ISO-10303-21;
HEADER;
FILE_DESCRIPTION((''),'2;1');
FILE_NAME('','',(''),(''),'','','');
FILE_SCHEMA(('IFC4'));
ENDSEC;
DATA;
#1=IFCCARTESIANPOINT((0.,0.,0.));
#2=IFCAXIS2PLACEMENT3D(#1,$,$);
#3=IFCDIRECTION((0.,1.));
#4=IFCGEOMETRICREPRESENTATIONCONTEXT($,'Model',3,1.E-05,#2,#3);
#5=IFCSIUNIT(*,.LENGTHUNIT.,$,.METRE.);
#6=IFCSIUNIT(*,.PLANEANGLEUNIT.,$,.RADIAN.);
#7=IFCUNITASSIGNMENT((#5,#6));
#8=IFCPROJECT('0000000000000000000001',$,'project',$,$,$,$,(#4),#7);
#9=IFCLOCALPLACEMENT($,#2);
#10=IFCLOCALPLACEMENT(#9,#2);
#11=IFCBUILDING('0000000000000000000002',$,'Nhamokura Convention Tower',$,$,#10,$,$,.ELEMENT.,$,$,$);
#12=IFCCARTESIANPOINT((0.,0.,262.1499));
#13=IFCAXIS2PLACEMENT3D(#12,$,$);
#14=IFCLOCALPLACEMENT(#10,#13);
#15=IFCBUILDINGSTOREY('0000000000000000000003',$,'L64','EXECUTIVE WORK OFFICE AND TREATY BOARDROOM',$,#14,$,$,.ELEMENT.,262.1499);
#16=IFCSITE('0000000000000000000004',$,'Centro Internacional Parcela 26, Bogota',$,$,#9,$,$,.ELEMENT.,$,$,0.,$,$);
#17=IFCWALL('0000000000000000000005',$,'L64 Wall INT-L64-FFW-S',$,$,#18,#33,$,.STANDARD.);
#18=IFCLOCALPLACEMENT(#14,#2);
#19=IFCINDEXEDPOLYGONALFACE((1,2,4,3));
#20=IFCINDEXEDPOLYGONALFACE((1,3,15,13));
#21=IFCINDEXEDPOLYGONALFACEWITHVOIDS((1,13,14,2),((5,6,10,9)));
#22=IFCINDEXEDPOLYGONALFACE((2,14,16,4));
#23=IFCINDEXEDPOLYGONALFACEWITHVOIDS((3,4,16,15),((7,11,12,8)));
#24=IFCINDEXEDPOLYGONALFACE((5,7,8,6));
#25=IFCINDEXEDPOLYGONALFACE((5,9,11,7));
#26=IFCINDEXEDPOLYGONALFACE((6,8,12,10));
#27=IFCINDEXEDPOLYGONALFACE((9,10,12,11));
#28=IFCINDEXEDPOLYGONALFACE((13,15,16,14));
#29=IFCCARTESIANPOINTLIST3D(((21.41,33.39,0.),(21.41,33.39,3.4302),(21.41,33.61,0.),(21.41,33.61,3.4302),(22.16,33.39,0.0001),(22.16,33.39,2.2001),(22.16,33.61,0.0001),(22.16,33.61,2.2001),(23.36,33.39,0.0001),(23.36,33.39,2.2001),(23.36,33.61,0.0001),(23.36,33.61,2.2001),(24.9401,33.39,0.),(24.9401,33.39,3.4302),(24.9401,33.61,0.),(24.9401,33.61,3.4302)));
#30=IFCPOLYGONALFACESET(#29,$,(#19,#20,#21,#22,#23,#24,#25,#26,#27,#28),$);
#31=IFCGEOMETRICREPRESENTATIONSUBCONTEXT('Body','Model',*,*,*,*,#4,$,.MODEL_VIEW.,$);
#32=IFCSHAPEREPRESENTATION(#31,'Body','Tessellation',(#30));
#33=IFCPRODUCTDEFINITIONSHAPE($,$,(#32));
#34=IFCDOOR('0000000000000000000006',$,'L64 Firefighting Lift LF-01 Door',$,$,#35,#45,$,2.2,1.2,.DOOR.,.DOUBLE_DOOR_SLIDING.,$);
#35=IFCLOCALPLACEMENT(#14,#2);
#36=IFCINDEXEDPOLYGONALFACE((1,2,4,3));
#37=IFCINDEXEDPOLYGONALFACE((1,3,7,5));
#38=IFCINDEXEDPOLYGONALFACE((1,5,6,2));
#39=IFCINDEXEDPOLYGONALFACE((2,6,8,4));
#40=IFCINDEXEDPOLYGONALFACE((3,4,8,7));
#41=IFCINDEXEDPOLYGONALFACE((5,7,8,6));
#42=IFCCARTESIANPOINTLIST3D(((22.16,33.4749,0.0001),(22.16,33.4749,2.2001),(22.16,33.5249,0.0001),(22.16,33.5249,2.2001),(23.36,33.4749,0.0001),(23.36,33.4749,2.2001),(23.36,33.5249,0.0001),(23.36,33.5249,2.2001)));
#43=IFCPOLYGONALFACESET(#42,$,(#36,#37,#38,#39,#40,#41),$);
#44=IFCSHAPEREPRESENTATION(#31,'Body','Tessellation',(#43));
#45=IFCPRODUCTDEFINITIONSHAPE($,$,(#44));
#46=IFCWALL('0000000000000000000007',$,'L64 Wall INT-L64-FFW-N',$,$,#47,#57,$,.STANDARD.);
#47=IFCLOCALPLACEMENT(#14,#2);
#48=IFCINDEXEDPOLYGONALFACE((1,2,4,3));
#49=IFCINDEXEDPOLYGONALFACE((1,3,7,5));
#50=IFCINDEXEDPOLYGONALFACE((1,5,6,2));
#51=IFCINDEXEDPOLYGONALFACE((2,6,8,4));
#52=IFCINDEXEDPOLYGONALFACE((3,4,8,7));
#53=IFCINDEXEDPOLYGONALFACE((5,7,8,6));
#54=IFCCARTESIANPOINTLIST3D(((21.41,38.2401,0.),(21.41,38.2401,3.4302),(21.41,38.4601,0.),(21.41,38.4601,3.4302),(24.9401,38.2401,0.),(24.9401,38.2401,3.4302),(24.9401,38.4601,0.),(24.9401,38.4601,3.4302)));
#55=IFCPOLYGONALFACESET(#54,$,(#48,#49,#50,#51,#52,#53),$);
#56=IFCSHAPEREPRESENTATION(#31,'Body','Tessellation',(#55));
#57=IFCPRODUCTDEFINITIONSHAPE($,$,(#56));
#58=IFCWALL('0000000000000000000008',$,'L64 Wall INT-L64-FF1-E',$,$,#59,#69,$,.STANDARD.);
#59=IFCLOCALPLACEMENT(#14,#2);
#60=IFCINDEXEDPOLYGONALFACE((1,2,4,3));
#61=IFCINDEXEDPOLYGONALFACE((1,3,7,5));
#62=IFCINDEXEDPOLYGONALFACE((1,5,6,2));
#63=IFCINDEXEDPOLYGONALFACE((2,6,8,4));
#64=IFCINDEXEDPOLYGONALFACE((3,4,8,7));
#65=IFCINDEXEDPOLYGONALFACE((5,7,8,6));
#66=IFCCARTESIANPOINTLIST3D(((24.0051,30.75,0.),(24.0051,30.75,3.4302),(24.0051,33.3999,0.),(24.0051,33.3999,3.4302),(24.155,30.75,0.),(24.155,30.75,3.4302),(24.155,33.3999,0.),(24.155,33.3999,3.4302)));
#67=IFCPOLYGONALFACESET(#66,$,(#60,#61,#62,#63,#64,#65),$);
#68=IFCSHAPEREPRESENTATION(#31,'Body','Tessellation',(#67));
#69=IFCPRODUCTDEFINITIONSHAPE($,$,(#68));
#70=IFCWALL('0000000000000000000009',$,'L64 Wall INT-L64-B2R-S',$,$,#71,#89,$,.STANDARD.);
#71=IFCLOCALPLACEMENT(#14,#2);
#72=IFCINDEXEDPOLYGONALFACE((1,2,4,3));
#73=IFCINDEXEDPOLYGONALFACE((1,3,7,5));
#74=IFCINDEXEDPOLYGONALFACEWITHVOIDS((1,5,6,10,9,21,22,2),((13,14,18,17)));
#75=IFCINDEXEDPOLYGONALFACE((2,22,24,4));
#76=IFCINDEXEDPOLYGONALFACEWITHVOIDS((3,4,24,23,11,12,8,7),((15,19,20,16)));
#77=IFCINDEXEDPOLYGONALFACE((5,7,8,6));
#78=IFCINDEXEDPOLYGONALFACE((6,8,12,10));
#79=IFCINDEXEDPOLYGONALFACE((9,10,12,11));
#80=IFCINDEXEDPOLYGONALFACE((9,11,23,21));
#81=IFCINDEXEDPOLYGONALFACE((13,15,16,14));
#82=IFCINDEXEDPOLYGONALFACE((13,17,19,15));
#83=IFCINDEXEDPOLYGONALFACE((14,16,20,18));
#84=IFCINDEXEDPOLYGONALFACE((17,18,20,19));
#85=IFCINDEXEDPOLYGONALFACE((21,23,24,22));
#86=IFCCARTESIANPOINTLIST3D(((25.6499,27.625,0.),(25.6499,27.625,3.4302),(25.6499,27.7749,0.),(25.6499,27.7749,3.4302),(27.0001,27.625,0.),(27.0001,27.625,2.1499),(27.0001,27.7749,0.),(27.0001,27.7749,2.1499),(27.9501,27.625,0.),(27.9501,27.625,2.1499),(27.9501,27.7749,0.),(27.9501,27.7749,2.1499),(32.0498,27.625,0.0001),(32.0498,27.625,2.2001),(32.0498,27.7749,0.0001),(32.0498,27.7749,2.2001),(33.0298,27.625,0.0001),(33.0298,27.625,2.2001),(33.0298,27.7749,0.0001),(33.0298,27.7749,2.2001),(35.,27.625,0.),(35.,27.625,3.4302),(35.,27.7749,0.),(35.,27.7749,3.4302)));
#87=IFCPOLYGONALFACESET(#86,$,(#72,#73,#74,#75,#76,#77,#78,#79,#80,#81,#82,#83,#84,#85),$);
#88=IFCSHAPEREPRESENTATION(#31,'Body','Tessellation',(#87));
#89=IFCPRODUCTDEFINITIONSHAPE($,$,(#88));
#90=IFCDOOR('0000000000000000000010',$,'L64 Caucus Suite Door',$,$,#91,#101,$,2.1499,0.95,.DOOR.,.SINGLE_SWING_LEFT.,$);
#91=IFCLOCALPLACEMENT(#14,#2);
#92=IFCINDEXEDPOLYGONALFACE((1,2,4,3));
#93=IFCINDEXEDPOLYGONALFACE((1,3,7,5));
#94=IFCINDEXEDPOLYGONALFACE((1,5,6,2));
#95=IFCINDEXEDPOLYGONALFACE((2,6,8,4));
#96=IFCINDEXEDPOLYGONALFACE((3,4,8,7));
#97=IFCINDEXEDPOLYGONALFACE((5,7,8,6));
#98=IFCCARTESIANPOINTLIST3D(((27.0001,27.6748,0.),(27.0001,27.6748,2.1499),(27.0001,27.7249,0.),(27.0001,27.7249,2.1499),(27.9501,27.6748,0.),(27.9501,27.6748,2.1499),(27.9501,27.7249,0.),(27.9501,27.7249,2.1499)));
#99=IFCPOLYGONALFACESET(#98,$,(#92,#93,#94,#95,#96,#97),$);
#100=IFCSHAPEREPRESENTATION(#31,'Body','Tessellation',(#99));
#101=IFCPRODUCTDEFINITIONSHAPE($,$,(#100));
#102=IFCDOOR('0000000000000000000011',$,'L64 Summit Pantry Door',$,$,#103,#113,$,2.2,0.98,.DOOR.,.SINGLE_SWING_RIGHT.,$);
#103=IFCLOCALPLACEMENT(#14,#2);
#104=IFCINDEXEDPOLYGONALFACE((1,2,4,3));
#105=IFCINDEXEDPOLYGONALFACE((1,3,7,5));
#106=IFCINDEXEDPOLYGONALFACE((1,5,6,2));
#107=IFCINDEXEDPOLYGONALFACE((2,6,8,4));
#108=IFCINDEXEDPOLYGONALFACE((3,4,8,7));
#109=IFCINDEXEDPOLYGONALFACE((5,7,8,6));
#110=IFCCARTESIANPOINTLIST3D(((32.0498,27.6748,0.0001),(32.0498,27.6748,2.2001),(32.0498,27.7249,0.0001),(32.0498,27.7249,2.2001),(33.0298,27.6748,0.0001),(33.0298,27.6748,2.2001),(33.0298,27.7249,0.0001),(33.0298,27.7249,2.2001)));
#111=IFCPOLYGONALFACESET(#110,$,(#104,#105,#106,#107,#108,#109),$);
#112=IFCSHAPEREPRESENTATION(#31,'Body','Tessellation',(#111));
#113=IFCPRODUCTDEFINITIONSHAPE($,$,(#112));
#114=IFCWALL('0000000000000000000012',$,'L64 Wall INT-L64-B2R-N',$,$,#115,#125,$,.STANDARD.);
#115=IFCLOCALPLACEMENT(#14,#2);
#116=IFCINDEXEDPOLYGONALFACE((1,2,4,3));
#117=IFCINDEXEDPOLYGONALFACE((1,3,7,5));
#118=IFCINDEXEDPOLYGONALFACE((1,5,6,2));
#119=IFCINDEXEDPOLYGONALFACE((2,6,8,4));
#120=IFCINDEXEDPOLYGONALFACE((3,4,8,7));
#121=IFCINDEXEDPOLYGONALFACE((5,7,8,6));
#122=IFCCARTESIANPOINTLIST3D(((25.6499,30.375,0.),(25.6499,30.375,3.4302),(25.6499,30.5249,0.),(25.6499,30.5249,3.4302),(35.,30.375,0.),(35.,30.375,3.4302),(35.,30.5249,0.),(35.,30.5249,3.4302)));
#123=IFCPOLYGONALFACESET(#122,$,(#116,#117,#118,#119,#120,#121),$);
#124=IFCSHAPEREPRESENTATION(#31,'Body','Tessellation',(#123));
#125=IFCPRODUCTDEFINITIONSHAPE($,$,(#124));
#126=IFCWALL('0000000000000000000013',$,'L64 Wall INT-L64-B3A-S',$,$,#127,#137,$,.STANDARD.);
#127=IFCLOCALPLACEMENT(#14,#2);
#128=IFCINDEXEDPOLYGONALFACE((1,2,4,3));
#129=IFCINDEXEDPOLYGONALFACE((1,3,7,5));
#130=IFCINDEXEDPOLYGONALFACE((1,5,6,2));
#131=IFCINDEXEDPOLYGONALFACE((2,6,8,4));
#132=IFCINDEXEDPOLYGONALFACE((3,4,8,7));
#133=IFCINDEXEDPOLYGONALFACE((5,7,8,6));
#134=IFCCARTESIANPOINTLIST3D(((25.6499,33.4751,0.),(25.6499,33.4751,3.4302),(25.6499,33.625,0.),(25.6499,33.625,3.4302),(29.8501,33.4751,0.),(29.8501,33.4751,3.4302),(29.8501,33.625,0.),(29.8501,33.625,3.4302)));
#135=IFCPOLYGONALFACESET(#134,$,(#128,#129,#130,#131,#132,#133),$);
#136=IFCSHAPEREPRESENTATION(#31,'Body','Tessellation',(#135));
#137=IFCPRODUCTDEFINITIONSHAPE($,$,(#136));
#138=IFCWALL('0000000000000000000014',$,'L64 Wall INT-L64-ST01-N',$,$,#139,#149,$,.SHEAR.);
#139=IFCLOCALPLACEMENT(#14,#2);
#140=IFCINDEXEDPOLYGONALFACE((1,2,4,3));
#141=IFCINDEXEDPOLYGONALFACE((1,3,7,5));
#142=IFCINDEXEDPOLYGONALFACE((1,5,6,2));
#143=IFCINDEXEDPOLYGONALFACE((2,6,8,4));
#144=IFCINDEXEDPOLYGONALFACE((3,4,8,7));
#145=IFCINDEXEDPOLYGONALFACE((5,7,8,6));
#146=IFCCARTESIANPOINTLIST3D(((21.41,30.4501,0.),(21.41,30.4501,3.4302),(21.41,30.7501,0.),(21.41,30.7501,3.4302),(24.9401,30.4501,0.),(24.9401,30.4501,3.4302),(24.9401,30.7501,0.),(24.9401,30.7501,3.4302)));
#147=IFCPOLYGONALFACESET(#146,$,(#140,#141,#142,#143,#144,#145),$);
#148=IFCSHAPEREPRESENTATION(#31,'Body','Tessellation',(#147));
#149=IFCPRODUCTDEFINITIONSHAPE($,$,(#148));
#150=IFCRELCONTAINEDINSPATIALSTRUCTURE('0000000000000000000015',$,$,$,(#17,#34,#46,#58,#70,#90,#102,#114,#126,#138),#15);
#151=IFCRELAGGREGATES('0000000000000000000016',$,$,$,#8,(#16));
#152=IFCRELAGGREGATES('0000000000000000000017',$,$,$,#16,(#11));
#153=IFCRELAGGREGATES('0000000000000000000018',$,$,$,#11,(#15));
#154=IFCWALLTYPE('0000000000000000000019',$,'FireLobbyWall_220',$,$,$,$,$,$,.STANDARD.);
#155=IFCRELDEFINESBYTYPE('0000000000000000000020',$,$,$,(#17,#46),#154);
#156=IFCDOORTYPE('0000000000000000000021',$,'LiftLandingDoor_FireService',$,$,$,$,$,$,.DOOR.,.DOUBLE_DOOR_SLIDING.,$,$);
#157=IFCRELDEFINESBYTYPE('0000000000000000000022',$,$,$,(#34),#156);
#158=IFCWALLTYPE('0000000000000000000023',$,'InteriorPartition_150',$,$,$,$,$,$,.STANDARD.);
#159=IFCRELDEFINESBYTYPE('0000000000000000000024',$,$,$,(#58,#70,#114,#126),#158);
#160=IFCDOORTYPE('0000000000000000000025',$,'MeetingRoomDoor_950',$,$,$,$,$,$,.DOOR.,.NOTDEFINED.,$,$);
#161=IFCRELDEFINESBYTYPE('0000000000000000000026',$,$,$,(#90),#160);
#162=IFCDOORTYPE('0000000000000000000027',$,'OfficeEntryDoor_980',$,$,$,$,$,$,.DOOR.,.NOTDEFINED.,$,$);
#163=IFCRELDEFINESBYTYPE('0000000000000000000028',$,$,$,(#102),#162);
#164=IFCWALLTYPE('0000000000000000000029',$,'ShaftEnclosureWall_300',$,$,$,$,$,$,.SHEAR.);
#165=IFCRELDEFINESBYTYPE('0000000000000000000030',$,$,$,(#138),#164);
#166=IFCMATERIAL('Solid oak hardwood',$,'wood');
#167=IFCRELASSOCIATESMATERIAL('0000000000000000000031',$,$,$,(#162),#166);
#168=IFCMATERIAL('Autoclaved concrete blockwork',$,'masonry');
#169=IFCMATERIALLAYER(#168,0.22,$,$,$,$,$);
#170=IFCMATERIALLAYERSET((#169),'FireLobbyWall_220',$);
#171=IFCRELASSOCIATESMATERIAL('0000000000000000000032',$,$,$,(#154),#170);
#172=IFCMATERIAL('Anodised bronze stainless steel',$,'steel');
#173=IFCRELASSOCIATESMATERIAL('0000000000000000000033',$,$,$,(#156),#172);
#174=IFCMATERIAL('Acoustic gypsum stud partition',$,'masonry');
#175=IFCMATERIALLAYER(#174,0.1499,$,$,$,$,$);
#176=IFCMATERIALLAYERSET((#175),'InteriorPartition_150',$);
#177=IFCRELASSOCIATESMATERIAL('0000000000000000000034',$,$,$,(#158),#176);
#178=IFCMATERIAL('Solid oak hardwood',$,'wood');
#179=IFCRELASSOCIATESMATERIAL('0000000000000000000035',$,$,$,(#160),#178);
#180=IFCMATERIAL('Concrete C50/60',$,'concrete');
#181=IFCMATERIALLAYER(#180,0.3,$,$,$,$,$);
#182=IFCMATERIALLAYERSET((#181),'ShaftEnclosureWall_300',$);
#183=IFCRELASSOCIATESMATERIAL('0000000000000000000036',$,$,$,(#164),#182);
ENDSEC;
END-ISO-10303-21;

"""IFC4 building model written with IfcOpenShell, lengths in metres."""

from ifc_helpers import new_model, si_unit, direction, frame, frame_2d, origin, place, context, subcontext, project, spatial, rectangle, extrude, material, layer, layer_set, type_object, element, fill, save


model = new_model("IFC4")

# Units and contexts
model_context = context("Model", 3, precision=1e-05, world=origin(), true_north=direction((0.0, 1.0)))
body_context = subcontext(model_context, "Body", "Model", "MODEL_VIEW")
ifc_project = project(units=[si_unit("LENGTHUNIT", "METRE"), si_unit("PLANEANGLEUNIT", "RADIAN")], contexts=[model_context])

# Site, building, storey
site_placement = place(None, origin())
site = spatial("IfcSite", under=ifc_project, at=site_placement, Name="Centro Internacional Parcela 26, Bogota", CompositionType="ELEMENT", RefElevation=0.0)
building_placement = place(site_placement, origin())
building = spatial("IfcBuilding", under=site, at=building_placement, Name="Nhamokura Convention Tower", CompositionType="ELEMENT")
storey_placement = place(building_placement, frame((0.0, 0.0, 262.1499)))
storey = spatial("IfcBuildingStorey", under=building, at=storey_placement, Name="L64", Description="EXECUTIVE WORK OFFICE AND TREATY BOARDROOM", CompositionType="ELEMENT", Elevation=262.1499)

# Wall, opening, door
ifc_material_1 = material(Name="Solid oak hardwood", Category="wood")
door_type_1 = type_object("IfcDoorType", Name="OfficeEntryDoor_980", OperationType="NOTDEFINED", PredefinedType="DOOR", material=ifc_material_1)
ifc_material_2 = material(Name="Autoclaved concrete blockwork", Category="masonry")
ifc_layer_1 = layer(ifc_material_2, 0.22)
ifc_layer_set_1 = layer_set([ifc_layer_1], Name="FireLobbyWall_220")
wall_type_1 = type_object("IfcWallType", Name="FireLobbyWall_220", PredefinedType="STANDARD", material=ifc_layer_set_1)
wall_1_placement = place(storey_placement, frame((21.4099, 33.5, 0.0), z_axis=(0.0, 0.0, 1.0), x_axis=(1.0, 0.0, 0.0)))
wall_1 = element("IfcWall", 1, at=wall_1_placement, inside=storey, type_object=wall_type_1, Name="L64 Wall INT-L64-FFW-S", PredefinedType="STANDARD", context=body_context, shape_type="SweptSolid", body=[
    extrude(rectangle(XDim=3.53, YDim=0.22, at=frame_2d((1.7651, 0.0))), origin(), (0.0, 0.0, 1.0), 3.4302),
])
opening_1_placement = place(wall_1_placement, frame((0.75, 0.0, 0.0)))
opening_1 = element("IfcOpeningElement", 2, at=opening_1_placement, cuts=wall_1, PredefinedType="OPENING", context=body_context, shape_type="SweptSolid", body=[
    extrude(rectangle(XDim=1.2, YDim=2.2, at=frame_2d((0.6001, 1.1001))), frame((0.0, 0.1199, 0.0), z_axis=(0.0, -1.0, 0.0), x_axis=(1.0, 0.0, 0.0)), (0.0, 0.0, 1.0), 0.24),
])
ifc_material_3 = material(Name="Anodised bronze stainless steel", Category="steel")
door_type_2 = type_object("IfcDoorType", Name="LiftLandingDoor_FireService", OperationType="DOUBLE_DOOR_SLIDING", PredefinedType="DOOR", material=ifc_material_3)
door_1_placement = place(opening_1_placement, origin())
door_1 = element("IfcDoor", 3, at=door_1_placement, inside=storey, type_object=door_type_2, Name="L64 Firefighting Lift LF-01 Door", OperationType="DOUBLE_DOOR_SLIDING", OverallHeight=2.2, OverallWidth=1.2, PredefinedType="DOOR", context=body_context, shape_type="SweptSolid", body=[
    extrude(rectangle(XDim=1.2, YDim=2.2, at=frame_2d((0.6001, 1.1001))), frame((0.0, 0.0249, 0.0), z_axis=(0.0, -1.0, 0.0), x_axis=(1.0, 0.0, 0.0)), (0.0, 0.0, 1.0), 0.05),
])
fill(opening_1, door_1)

# Wall
wall_2_placement = place(storey_placement, frame((21.4099, 38.3501, 0.0), z_axis=(0.0, 0.0, 1.0), x_axis=(1.0, 0.0, 0.0)))
element("IfcWall", 4, at=wall_2_placement, inside=storey, type_object=wall_type_1, Name="L64 Wall INT-L64-FFW-N", PredefinedType="STANDARD", context=body_context, shape_type="SweptSolid", body=[
    extrude(rectangle(XDim=3.53, YDim=0.22, at=frame_2d((1.7651, 0.0))), origin(), (0.0, 0.0, 1.0), 3.4302),
])

# Wall
ifc_material_4 = material(Name="Acoustic gypsum stud partition", Category="masonry")
ifc_layer_2 = layer(ifc_material_4, 0.1499)
ifc_layer_set_2 = layer_set([ifc_layer_2], Name="InteriorPartition_150")
wall_type_2 = type_object("IfcWallType", Name="InteriorPartition_150", PredefinedType="STANDARD", material=ifc_layer_set_2)
wall_3_placement = place(storey_placement, frame((24.0801, 30.75, 0.0), z_axis=(0.0, 0.0, 1.0), x_axis=(0.0, 1.0, 0.0)))
element("IfcWall", 5, at=wall_3_placement, inside=storey, type_object=wall_type_2, Name="L64 Wall INT-L64-FF1-E", PredefinedType="STANDARD", context=body_context, shape_type="SweptSolid", body=[
    extrude(rectangle(XDim=2.6499, YDim=0.1499, at=frame_2d((1.325, 0.0))), origin(), (0.0, 0.0, 1.0), 3.4302),
])

# Wall, openings, doors
wall_4_placement = place(storey_placement, frame((25.6499, 27.7, 0.0), z_axis=(0.0, 0.0, 1.0), x_axis=(1.0, 0.0, 0.0)))
wall_4 = element("IfcWall", 6, at=wall_4_placement, inside=storey, type_object=wall_type_2, Name="L64 Wall INT-L64-B2R-S", PredefinedType="STANDARD", context=body_context, shape_type="SweptSolid", body=[
    extrude(rectangle(XDim=9.3501, YDim=0.1499, at=frame_2d((4.675, 0.0))), origin(), (0.0, 0.0, 1.0), 3.4302),
])
opening_2_placement = place(wall_4_placement, frame((1.3501, 0.0, 0.0)))
opening_2 = element("IfcOpeningElement", 7, at=opening_2_placement, cuts=wall_4, PredefinedType="OPENING", context=body_context, shape_type="SweptSolid", body=[
    extrude(rectangle(XDim=0.95, YDim=2.1499, at=frame_2d((0.4751, 1.075))), frame((0.0, 0.085, 0.0), z_axis=(0.0, -1.0, 0.0), x_axis=(1.0, 0.0, 0.0)), (0.0, 0.0, 1.0), 0.1699),
])
opening_3_placement = place(wall_4_placement, frame((6.3999, 0.0, 0.0)))
opening_3 = element("IfcOpeningElement", 8, at=opening_3_placement, cuts=wall_4, PredefinedType="OPENING", context=body_context, shape_type="SweptSolid", body=[
    extrude(rectangle(XDim=0.98, YDim=2.2, at=frame_2d((0.49, 1.1001))), frame((0.0, 0.085, 0.0), z_axis=(0.0, -1.0, 0.0), x_axis=(1.0, 0.0, 0.0)), (0.0, 0.0, 1.0), 0.1699),
])
ifc_material_5 = material(Name="Solid oak hardwood", Category="wood")
door_type_3 = type_object("IfcDoorType", Name="MeetingRoomDoor_950", OperationType="NOTDEFINED", PredefinedType="DOOR", material=ifc_material_5)
door_2_placement = place(opening_2_placement, origin())
door_2 = element("IfcDoor", 9, at=door_2_placement, inside=storey, type_object=door_type_3, Name="L64 Caucus Suite Door", OperationType="SINGLE_SWING_LEFT", OverallHeight=2.1499, OverallWidth=0.95, PredefinedType="DOOR", context=body_context, shape_type="SweptSolid", body=[
    extrude(rectangle(XDim=0.95, YDim=2.1499, at=frame_2d((0.4751, 1.075))), frame((0.0, 0.0249, 0.0), z_axis=(0.0, -1.0, 0.0), x_axis=(1.0, 0.0, 0.0)), (0.0, 0.0, 1.0), 0.05),
])
fill(opening_2, door_2)
door_3_placement = place(opening_3_placement, origin())
door_3 = element("IfcDoor", 10, at=door_3_placement, inside=storey, type_object=door_type_1, Name="L64 Summit Pantry Door", OperationType="SINGLE_SWING_RIGHT", OverallHeight=2.2, OverallWidth=0.98, PredefinedType="DOOR", context=body_context, shape_type="SweptSolid", body=[
    extrude(rectangle(XDim=0.98, YDim=2.2, at=frame_2d((0.49, 1.1001))), frame((0.0, 0.0249, 0.0), z_axis=(0.0, -1.0, 0.0), x_axis=(1.0, 0.0, 0.0)), (0.0, 0.0, 1.0), 0.05),
])
fill(opening_3, door_3)

# Walls
wall_5_placement = place(storey_placement, frame((25.6499, 30.45, 0.0), z_axis=(0.0, 0.0, 1.0), x_axis=(1.0, 0.0, 0.0)))
element("IfcWall", 11, at=wall_5_placement, inside=storey, type_object=wall_type_2, Name="L64 Wall INT-L64-B2R-N", PredefinedType="STANDARD", context=body_context, shape_type="SweptSolid", body=[
    extrude(rectangle(XDim=9.3501, YDim=0.1499, at=frame_2d((4.675, 0.0))), origin(), (0.0, 0.0, 1.0), 3.4302),
])
wall_6_placement = place(storey_placement, frame((25.6499, 33.55, 0.0), z_axis=(0.0, 0.0, 1.0), x_axis=(1.0, 0.0, 0.0)))
element("IfcWall", 12, at=wall_6_placement, inside=storey, type_object=wall_type_2, Name="L64 Wall INT-L64-B3A-S", PredefinedType="STANDARD", context=body_context, shape_type="SweptSolid", body=[
    extrude(rectangle(XDim=4.2002, YDim=0.1499, at=frame_2d((2.1001, 0.0))), origin(), (0.0, 0.0, 1.0), 3.4302),
])
ifc_material_6 = material(Name="Concrete C50/60", Category="concrete")
ifc_layer_3 = layer(ifc_material_6, 0.3)
ifc_layer_set_3 = layer_set([ifc_layer_3], Name="ShaftEnclosureWall_300")
wall_type_3 = type_object("IfcWallType", Name="ShaftEnclosureWall_300", PredefinedType="SHEAR", material=ifc_layer_set_3)
wall_7_placement = place(storey_placement, frame((21.4099, 30.6001, 0.0), z_axis=(0.0, 0.0, 1.0), x_axis=(1.0, 0.0, 0.0)))
element("IfcWall", 13, at=wall_7_placement, inside=storey, type_object=wall_type_3, Name="L64 Wall INT-L64-ST01-N", PredefinedType="SHEAR", context=body_context, shape_type="SweptSolid", body=[
    extrude(rectangle(XDim=3.53, YDim=0.3, at=frame_2d((1.7651, 0.0))), origin(), (0.0, 0.0, 1.0), 3.4302),
])

save(model, "model.ifc")
